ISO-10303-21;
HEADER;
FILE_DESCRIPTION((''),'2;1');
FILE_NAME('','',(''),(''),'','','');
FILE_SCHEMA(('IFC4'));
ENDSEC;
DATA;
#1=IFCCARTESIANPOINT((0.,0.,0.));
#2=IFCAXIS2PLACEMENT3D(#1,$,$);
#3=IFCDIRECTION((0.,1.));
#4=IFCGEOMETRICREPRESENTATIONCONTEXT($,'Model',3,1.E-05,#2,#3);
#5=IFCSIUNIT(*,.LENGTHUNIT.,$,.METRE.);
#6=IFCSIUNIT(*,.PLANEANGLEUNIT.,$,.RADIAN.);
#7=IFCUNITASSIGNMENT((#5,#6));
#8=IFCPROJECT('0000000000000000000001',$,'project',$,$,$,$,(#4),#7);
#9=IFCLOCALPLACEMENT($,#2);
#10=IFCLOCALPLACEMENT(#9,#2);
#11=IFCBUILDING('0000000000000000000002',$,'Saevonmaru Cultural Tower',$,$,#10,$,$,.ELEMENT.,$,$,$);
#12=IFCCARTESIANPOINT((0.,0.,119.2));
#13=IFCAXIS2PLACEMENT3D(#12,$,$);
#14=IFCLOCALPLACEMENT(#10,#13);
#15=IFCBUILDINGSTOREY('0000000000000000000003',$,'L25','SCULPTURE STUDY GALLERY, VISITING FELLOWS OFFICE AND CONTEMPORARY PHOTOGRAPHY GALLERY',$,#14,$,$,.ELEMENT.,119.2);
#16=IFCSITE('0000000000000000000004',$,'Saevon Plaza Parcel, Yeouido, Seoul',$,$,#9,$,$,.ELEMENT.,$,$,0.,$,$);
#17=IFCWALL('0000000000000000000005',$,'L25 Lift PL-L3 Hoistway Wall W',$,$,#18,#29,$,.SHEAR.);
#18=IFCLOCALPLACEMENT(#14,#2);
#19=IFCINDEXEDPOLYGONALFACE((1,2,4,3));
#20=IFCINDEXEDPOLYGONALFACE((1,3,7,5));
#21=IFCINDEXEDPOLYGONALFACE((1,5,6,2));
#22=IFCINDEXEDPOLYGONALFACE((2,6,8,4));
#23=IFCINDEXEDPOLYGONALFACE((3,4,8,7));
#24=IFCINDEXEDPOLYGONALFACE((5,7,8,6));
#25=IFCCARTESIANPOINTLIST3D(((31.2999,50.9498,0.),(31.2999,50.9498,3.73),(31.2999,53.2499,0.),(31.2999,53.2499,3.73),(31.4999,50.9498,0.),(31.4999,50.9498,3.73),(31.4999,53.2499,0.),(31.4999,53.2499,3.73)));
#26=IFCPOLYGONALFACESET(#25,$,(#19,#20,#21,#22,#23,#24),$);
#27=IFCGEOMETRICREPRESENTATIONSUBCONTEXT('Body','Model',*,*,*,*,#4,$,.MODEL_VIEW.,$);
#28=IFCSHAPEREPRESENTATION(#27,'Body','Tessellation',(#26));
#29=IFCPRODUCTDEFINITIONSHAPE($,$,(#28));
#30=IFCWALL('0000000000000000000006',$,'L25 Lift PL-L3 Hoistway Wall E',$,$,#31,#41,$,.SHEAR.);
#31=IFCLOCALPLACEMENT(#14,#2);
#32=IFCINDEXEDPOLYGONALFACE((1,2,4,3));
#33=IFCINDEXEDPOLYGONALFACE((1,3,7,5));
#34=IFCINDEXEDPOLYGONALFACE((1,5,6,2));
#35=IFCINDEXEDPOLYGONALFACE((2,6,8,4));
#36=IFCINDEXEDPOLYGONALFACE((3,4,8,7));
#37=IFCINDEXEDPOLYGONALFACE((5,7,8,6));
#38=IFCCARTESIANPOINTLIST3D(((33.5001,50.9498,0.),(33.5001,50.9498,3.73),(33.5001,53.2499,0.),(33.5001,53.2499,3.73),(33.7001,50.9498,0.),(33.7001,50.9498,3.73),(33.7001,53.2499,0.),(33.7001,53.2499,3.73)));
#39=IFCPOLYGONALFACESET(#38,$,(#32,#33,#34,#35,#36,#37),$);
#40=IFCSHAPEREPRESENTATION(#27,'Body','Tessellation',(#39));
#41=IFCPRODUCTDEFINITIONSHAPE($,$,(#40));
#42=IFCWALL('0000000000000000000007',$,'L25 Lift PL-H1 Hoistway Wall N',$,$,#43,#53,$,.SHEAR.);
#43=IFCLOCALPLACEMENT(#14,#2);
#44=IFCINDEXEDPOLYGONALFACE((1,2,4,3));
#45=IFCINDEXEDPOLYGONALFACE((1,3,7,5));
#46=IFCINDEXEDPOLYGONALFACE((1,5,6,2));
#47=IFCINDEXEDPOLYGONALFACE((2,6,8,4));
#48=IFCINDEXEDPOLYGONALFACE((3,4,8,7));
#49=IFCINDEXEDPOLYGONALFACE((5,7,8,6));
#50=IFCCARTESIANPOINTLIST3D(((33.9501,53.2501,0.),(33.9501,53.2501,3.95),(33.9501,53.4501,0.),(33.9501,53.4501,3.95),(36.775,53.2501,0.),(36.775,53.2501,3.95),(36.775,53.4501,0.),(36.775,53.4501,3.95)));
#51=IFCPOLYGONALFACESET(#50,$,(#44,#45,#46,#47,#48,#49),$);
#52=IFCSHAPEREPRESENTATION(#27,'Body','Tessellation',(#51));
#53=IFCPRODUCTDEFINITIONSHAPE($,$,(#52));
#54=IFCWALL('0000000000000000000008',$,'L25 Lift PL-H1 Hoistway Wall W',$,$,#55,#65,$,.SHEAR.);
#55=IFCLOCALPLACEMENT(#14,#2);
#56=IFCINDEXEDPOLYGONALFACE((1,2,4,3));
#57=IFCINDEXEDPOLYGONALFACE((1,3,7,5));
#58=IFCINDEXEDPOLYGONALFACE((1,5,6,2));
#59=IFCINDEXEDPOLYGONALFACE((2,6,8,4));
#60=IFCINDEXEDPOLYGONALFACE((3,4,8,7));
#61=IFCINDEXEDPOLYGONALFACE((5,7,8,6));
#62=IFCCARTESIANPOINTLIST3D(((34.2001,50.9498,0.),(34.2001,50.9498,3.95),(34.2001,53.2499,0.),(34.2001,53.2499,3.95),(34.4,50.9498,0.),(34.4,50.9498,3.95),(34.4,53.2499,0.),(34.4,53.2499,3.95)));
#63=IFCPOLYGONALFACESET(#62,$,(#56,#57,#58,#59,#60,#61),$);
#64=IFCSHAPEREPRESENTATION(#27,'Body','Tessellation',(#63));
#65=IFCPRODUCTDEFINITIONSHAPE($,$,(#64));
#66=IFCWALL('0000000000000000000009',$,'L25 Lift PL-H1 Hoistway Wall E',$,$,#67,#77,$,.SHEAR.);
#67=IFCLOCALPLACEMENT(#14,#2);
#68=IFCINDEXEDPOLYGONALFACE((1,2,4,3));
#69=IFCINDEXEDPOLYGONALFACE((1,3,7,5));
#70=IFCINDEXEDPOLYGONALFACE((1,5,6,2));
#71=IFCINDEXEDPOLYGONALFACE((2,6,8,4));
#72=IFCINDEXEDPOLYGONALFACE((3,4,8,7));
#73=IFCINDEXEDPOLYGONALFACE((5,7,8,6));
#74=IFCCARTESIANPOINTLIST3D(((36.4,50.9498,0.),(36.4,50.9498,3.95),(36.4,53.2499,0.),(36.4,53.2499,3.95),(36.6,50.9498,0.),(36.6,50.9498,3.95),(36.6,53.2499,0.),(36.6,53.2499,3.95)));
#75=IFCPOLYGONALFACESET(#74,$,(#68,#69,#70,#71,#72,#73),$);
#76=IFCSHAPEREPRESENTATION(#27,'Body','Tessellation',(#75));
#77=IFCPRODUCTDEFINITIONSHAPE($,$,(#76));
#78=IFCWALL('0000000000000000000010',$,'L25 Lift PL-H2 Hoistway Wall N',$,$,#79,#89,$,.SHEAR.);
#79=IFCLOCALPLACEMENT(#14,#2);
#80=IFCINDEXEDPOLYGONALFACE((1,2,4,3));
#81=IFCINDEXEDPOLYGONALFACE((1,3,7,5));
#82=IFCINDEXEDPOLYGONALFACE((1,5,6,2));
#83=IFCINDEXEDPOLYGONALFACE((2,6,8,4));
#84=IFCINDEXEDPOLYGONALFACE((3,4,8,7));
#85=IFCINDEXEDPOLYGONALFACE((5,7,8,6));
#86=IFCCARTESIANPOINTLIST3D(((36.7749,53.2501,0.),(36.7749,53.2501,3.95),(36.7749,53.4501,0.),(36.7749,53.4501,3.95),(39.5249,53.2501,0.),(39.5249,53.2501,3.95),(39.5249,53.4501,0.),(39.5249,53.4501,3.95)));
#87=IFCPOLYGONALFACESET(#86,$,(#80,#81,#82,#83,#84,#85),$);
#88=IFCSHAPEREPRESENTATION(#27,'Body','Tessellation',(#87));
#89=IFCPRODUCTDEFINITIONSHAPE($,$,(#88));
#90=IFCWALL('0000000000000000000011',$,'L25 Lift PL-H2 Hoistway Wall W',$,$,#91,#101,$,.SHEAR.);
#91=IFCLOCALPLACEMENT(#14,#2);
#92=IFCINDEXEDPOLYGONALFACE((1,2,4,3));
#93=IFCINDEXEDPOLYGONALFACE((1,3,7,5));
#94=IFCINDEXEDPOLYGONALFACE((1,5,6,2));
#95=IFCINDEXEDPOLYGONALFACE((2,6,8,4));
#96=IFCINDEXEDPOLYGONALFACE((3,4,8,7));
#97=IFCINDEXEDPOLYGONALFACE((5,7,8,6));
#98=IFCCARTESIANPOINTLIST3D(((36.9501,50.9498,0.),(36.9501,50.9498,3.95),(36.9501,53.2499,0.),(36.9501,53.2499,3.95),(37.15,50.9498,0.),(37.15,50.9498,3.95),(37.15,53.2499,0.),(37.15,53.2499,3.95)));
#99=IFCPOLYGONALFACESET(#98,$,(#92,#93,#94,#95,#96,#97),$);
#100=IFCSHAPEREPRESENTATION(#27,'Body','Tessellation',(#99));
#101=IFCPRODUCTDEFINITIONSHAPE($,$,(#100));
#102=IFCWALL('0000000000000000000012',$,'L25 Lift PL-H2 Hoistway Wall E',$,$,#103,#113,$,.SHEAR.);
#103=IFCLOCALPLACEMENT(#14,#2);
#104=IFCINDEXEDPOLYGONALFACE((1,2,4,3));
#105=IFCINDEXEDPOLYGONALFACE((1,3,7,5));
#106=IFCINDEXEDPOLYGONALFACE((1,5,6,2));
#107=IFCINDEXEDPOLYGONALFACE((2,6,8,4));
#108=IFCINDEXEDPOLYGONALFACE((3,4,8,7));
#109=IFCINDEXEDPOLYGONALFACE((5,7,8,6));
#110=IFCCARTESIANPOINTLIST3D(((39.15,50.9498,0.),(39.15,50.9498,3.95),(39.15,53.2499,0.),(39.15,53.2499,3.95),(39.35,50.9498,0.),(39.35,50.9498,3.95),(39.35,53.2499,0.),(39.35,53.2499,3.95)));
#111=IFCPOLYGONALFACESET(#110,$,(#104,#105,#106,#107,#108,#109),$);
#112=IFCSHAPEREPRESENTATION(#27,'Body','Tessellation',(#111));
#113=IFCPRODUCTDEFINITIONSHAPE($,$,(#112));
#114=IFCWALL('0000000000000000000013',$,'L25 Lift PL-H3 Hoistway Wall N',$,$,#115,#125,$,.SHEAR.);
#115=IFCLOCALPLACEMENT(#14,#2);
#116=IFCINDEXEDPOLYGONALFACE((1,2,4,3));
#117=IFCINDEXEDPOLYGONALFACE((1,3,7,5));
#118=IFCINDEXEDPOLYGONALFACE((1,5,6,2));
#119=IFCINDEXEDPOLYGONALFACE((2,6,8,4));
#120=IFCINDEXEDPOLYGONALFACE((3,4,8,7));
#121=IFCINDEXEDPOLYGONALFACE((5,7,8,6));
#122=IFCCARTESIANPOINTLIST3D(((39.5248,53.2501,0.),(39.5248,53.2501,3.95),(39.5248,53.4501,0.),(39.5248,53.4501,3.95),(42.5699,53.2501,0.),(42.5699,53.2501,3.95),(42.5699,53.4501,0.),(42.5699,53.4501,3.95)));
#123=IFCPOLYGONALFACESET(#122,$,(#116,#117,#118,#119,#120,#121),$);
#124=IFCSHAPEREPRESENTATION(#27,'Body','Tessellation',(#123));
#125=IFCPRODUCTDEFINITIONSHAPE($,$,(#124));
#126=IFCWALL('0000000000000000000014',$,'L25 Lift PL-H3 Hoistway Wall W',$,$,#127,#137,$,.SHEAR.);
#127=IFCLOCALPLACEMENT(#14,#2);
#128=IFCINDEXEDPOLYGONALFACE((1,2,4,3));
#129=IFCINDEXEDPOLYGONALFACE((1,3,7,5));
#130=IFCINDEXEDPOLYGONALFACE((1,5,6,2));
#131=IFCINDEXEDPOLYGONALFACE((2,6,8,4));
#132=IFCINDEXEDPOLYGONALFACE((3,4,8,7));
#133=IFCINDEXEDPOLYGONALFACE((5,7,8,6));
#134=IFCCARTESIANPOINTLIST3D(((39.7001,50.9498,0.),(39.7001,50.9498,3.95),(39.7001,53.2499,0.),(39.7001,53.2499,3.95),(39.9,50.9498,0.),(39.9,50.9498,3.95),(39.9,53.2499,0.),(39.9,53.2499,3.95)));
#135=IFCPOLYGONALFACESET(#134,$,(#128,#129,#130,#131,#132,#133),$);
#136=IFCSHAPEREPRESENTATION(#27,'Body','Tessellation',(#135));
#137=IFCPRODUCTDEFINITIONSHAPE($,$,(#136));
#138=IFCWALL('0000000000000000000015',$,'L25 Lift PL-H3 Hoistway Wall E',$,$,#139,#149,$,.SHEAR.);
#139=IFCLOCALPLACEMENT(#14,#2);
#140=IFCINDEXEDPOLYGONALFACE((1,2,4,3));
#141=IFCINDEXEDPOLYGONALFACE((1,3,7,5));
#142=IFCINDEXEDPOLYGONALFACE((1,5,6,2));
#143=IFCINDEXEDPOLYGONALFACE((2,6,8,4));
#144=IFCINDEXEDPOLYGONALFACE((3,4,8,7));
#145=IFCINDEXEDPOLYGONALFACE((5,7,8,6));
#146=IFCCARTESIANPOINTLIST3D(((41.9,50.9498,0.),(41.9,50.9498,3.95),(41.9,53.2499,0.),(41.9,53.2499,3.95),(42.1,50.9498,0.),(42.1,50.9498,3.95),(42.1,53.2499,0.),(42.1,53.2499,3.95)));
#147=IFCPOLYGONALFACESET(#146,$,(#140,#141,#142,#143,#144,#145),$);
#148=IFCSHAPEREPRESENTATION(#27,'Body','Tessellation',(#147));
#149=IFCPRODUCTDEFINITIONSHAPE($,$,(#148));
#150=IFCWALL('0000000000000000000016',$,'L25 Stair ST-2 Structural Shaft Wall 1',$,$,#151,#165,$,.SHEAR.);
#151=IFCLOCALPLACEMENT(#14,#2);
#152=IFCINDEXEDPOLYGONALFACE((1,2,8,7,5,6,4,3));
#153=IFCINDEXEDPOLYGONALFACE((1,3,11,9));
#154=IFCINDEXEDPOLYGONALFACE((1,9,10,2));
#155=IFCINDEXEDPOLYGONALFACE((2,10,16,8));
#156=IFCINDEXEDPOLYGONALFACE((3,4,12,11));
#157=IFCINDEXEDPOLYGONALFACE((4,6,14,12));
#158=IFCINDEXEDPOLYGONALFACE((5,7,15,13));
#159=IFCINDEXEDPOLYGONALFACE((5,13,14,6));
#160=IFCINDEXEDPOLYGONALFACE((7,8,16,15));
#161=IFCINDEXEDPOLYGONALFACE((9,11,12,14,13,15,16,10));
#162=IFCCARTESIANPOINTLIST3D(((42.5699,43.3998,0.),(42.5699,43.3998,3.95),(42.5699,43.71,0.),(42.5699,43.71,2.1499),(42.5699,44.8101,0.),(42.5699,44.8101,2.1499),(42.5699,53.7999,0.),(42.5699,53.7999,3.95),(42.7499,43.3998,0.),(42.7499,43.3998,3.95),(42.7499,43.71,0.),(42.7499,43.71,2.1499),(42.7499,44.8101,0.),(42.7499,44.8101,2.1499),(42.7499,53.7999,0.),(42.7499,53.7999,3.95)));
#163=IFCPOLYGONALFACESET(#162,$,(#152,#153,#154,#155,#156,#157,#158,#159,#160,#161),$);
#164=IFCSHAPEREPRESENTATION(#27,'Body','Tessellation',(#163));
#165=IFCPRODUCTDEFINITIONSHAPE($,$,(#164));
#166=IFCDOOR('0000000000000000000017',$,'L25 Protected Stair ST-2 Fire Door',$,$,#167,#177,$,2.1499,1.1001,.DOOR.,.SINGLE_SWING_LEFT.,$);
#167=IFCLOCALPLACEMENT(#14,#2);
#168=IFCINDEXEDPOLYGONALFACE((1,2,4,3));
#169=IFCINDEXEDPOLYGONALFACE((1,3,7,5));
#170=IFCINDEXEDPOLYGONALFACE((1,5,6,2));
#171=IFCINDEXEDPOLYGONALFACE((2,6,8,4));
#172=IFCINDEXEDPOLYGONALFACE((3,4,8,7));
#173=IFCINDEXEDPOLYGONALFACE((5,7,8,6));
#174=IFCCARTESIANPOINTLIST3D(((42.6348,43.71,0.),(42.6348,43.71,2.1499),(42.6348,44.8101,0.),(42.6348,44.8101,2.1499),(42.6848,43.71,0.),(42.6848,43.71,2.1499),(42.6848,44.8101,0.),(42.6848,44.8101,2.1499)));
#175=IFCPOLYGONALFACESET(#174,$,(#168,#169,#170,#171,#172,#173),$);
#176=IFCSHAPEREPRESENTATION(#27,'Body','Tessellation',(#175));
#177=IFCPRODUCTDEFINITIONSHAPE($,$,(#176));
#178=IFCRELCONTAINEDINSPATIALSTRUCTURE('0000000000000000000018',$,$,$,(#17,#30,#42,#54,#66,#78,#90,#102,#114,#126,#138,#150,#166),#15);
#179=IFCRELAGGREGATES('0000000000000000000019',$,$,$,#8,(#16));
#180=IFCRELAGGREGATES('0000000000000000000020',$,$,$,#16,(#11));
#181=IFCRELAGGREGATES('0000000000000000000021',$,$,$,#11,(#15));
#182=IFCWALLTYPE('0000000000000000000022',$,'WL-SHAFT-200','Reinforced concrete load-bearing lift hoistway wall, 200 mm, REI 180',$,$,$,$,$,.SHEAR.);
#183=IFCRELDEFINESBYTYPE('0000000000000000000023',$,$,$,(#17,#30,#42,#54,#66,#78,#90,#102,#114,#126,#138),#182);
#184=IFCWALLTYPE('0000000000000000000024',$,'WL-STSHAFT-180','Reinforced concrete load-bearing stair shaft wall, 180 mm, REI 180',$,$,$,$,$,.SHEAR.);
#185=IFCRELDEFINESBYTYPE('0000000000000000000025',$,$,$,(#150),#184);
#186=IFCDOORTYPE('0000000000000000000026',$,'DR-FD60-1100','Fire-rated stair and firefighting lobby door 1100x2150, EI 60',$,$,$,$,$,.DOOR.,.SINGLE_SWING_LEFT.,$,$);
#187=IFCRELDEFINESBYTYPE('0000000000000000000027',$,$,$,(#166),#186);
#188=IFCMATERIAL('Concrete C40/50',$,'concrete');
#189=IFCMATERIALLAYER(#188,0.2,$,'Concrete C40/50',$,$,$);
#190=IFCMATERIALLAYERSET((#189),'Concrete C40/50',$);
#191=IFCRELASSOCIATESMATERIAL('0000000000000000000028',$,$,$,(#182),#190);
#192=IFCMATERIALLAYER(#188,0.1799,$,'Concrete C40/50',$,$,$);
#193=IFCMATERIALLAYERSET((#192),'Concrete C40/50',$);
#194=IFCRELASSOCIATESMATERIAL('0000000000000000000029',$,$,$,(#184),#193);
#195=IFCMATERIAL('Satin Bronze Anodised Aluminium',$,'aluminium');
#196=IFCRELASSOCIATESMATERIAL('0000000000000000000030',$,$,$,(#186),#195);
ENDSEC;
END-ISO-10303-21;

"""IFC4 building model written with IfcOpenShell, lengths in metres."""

from ifc_helpers import new_model, si_unit, direction, frame, frame_2d, origin, place, context, subcontext, project, spatial, rectangle, extrude, material, layer, layer_set, type_object, element, fill, save


model = new_model("IFC4")

# Units and contexts
model_context = context("Model", 3, precision=1e-05, world=origin(), true_north=direction((0.0, 1.0)))
body_context = subcontext(model_context, "Body", "Model", "MODEL_VIEW")
ifc_project = project(units=[si_unit("LENGTHUNIT", "METRE"), si_unit("PLANEANGLEUNIT", "RADIAN")], contexts=[model_context])

# Site, building, storey
site_placement = place(None, origin())
site = spatial("IfcSite", under=ifc_project, at=site_placement, Name="Saevon Plaza Parcel, Yeouido, Seoul", CompositionType="ELEMENT", RefElevation=0.0)
building_placement = place(site_placement, origin())
building = spatial("IfcBuilding", under=site, at=building_placement, Name="Saevonmaru Cultural Tower", CompositionType="ELEMENT")
storey_placement = place(building_placement, frame((0.0, 0.0, 119.2)))
storey = spatial("IfcBuildingStorey", under=building, at=storey_placement, Name="L25", Description="SCULPTURE STUDY GALLERY, VISITING FELLOWS OFFICE AND CONTEMPORARY PHOTOGRAPHY GALLERY", CompositionType="ELEMENT", Elevation=119.2)

# Shared definitions
ifc_material_1 = material(Name="Satin Bronze Anodised Aluminium", Category="aluminium")

# Walls
ifc_material_2 = material(Name="Concrete C40/50", Category="concrete")
ifc_layer_1 = layer(ifc_material_2, 0.2, Name="Concrete C40/50")
ifc_layer_set_1 = layer_set([ifc_layer_1], Name="Concrete C40/50")
wall_type_1 = type_object("IfcWallType", Name="WL-SHAFT-200", Description="Reinforced concrete load-bearing lift hoistway wall, 200 mm, REI 180", PredefinedType="SHEAR", material=ifc_layer_set_1)
for number, where, z_axis, x_axis, name in (
    (1, (31.3999, 50.95, 0.0), (0.0, 0.0, 1.0), (0.0, 1.0, 0.0), "L25 Lift PL-L3 Hoistway Wall W"),
    (2, (33.6001, 50.95, 0.0), (0.0, 0.0, 1.0), (0.0, 1.0, 0.0), "L25 Lift PL-L3 Hoistway Wall E"),
):
    element("IfcWall", number, at=place(storey_placement, frame(where, z_axis=z_axis, x_axis=x_axis)), inside=storey, type_object=wall_type_1, Name=name, PredefinedType="SHEAR", context=body_context, shape_type="SweptSolid", body=[
        extrude(rectangle(XDim=2.3, YDim=0.2, at=frame_2d((1.1499, 0.0))), origin(), (0.0, 0.0, 1.0), 3.73),
    ])
wall_1_placement = place(storey_placement, frame((33.95, 53.3501, 0.0), z_axis=(0.0, 0.0, 1.0), x_axis=(1.0, 0.0, 0.0)))
element("IfcWall", 3, at=wall_1_placement, inside=storey, type_object=wall_type_1, Name="L25 Lift PL-H1 Hoistway Wall N", PredefinedType="SHEAR", context=body_context, shape_type="SweptSolid", body=[
    extrude(rectangle(XDim=2.825, YDim=0.2, at=frame_2d((1.4126, 0.0))), origin(), (0.0, 0.0, 1.0), 3.95),
])
for number, where, z_axis, x_axis, name in (
    (4, (34.3, 50.95, 0.0), (0.0, 0.0, 1.0), (0.0, 1.0, 0.0), "L25 Lift PL-H1 Hoistway Wall W"),
    (5, (36.5, 50.95, 0.0), (0.0, 0.0, 1.0), (0.0, 1.0, 0.0), "L25 Lift PL-H1 Hoistway Wall E"),
):
    element("IfcWall", number, at=place(storey_placement, frame(where, z_axis=z_axis, x_axis=x_axis)), inside=storey, type_object=wall_type_1, Name=name, PredefinedType="SHEAR", context=body_context, shape_type="SweptSolid", body=[
        extrude(rectangle(XDim=2.3, YDim=0.2, at=frame_2d((1.1499, 0.0))), origin(), (0.0, 0.0, 1.0), 3.95),
    ])
wall_2_placement = place(storey_placement, frame((36.7749, 53.3501, 0.0), z_axis=(0.0, 0.0, 1.0), x_axis=(1.0, 0.0, 0.0)))
element("IfcWall", 6, at=wall_2_placement, inside=storey, type_object=wall_type_1, Name="L25 Lift PL-H2 Hoistway Wall N", PredefinedType="SHEAR", context=body_context, shape_type="SweptSolid", body=[
    extrude(rectangle(XDim=2.75, YDim=0.2, at=frame_2d((1.375, 0.0))), origin(), (0.0, 0.0, 1.0), 3.95),
])
for number, where, z_axis, x_axis, name in (
    (7, (37.05, 50.95, 0.0), (0.0, 0.0, 1.0), (0.0, 1.0, 0.0), "L25 Lift PL-H2 Hoistway Wall W"),
    (8, (39.25, 50.95, 0.0), (0.0, 0.0, 1.0), (0.0, 1.0, 0.0), "L25 Lift PL-H2 Hoistway Wall E"),
):
    element("IfcWall", number, at=place(storey_placement, frame(where, z_axis=z_axis, x_axis=x_axis)), inside=storey, type_object=wall_type_1, Name=name, PredefinedType="SHEAR", context=body_context, shape_type="SweptSolid", body=[
        extrude(rectangle(XDim=2.3, YDim=0.2, at=frame_2d((1.1499, 0.0))), origin(), (0.0, 0.0, 1.0), 3.95),
    ])
wall_3_placement = place(storey_placement, frame((39.5249, 53.3501, 0.0), z_axis=(0.0, 0.0, 1.0), x_axis=(1.0, 0.0, 0.0)))
element("IfcWall", 9, at=wall_3_placement, inside=storey, type_object=wall_type_1, Name="L25 Lift PL-H3 Hoistway Wall N", PredefinedType="SHEAR", context=body_context, shape_type="SweptSolid", body=[
    extrude(rectangle(XDim=3.0452, YDim=0.2, at=frame_2d((1.5225, 0.0))), origin(), (0.0, 0.0, 1.0), 3.95),
])
for number, where, z_axis, x_axis, name in (
    (10, (39.8, 50.95, 0.0), (0.0, 0.0, 1.0), (0.0, 1.0, 0.0), "L25 Lift PL-H3 Hoistway Wall W"),
    (11, (42.0, 50.95, 0.0), (0.0, 0.0, 1.0), (0.0, 1.0, 0.0), "L25 Lift PL-H3 Hoistway Wall E"),
):
    element("IfcWall", number, at=place(storey_placement, frame(where, z_axis=z_axis, x_axis=x_axis)), inside=storey, type_object=wall_type_1, Name=name, PredefinedType="SHEAR", context=body_context, shape_type="SweptSolid", body=[
        extrude(rectangle(XDim=2.3, YDim=0.2, at=frame_2d((1.1499, 0.0))), origin(), (0.0, 0.0, 1.0), 3.95),
    ])

# Wall, opening, door
ifc_layer_2 = layer(ifc_material_2, 0.1799, Name="Concrete C40/50")
ifc_layer_set_2 = layer_set([ifc_layer_2], Name="Concrete C40/50")
wall_type_2 = type_object("IfcWallType", Name="WL-STSHAFT-180", Description="Reinforced concrete load-bearing stair shaft wall, 180 mm, REI 180", PredefinedType="SHEAR", material=ifc_layer_set_2)
wall_4_placement = place(storey_placement, frame((42.6599, 53.8, 0.0), z_axis=(0.0, 0.0, 1.0), x_axis=(0.0, -1.0, 0.0)))
wall_4 = element("IfcWall", 12, at=wall_4_placement, inside=storey, type_object=wall_type_2, Name="L25 Stair ST-2 Structural Shaft Wall 1", PredefinedType="SHEAR", context=body_context, shape_type="SweptSolid", body=[
    extrude(rectangle(XDim=10.4001, YDim=0.1799, at=frame_2d((5.2002, 0.0))), origin(), (0.0, 0.0, 1.0), 3.95),
])
opening_placement = place(wall_4_placement, frame((8.99, 0.0, 0.0)))
opening = element("IfcOpeningElement", 13, at=opening_placement, cuts=wall_4, PredefinedType="OPENING", context=body_context, shape_type="SweptSolid", body=[
    extrude(rectangle(XDim=1.1001, YDim=2.1499, at=frame_2d((0.55, 1.075))), frame((0.0, 0.1001, 0.0), z_axis=(0.0, -1.0, 0.0), x_axis=(1.0, 0.0, 0.0)), (0.0, 0.0, 1.0), 0.2),
])
door_type = type_object("IfcDoorType", Name="DR-FD60-1100", Description="Fire-rated stair and firefighting lobby door 1100x2150, EI 60", OperationType="SINGLE_SWING_LEFT", PredefinedType="DOOR", material=ifc_material_1)
door_placement = place(opening_placement, origin())
door = element("IfcDoor", 14, at=door_placement, inside=storey, type_object=door_type, Name="L25 Protected Stair ST-2 Fire Door", OperationType="SINGLE_SWING_LEFT", OverallHeight=2.1499, OverallWidth=1.1001, PredefinedType="DOOR", context=body_context, shape_type="SweptSolid", body=[
    extrude(rectangle(XDim=1.1001, YDim=2.1499, at=frame_2d((0.55, 1.075))), frame((0.0, 0.0249, 0.0), z_axis=(0.0, -1.0, 0.0), x_axis=(1.0, 0.0, 0.0)), (0.0, 0.0, 1.0), 0.05),
])
fill(opening, door)

save(model, "model.ifc")
